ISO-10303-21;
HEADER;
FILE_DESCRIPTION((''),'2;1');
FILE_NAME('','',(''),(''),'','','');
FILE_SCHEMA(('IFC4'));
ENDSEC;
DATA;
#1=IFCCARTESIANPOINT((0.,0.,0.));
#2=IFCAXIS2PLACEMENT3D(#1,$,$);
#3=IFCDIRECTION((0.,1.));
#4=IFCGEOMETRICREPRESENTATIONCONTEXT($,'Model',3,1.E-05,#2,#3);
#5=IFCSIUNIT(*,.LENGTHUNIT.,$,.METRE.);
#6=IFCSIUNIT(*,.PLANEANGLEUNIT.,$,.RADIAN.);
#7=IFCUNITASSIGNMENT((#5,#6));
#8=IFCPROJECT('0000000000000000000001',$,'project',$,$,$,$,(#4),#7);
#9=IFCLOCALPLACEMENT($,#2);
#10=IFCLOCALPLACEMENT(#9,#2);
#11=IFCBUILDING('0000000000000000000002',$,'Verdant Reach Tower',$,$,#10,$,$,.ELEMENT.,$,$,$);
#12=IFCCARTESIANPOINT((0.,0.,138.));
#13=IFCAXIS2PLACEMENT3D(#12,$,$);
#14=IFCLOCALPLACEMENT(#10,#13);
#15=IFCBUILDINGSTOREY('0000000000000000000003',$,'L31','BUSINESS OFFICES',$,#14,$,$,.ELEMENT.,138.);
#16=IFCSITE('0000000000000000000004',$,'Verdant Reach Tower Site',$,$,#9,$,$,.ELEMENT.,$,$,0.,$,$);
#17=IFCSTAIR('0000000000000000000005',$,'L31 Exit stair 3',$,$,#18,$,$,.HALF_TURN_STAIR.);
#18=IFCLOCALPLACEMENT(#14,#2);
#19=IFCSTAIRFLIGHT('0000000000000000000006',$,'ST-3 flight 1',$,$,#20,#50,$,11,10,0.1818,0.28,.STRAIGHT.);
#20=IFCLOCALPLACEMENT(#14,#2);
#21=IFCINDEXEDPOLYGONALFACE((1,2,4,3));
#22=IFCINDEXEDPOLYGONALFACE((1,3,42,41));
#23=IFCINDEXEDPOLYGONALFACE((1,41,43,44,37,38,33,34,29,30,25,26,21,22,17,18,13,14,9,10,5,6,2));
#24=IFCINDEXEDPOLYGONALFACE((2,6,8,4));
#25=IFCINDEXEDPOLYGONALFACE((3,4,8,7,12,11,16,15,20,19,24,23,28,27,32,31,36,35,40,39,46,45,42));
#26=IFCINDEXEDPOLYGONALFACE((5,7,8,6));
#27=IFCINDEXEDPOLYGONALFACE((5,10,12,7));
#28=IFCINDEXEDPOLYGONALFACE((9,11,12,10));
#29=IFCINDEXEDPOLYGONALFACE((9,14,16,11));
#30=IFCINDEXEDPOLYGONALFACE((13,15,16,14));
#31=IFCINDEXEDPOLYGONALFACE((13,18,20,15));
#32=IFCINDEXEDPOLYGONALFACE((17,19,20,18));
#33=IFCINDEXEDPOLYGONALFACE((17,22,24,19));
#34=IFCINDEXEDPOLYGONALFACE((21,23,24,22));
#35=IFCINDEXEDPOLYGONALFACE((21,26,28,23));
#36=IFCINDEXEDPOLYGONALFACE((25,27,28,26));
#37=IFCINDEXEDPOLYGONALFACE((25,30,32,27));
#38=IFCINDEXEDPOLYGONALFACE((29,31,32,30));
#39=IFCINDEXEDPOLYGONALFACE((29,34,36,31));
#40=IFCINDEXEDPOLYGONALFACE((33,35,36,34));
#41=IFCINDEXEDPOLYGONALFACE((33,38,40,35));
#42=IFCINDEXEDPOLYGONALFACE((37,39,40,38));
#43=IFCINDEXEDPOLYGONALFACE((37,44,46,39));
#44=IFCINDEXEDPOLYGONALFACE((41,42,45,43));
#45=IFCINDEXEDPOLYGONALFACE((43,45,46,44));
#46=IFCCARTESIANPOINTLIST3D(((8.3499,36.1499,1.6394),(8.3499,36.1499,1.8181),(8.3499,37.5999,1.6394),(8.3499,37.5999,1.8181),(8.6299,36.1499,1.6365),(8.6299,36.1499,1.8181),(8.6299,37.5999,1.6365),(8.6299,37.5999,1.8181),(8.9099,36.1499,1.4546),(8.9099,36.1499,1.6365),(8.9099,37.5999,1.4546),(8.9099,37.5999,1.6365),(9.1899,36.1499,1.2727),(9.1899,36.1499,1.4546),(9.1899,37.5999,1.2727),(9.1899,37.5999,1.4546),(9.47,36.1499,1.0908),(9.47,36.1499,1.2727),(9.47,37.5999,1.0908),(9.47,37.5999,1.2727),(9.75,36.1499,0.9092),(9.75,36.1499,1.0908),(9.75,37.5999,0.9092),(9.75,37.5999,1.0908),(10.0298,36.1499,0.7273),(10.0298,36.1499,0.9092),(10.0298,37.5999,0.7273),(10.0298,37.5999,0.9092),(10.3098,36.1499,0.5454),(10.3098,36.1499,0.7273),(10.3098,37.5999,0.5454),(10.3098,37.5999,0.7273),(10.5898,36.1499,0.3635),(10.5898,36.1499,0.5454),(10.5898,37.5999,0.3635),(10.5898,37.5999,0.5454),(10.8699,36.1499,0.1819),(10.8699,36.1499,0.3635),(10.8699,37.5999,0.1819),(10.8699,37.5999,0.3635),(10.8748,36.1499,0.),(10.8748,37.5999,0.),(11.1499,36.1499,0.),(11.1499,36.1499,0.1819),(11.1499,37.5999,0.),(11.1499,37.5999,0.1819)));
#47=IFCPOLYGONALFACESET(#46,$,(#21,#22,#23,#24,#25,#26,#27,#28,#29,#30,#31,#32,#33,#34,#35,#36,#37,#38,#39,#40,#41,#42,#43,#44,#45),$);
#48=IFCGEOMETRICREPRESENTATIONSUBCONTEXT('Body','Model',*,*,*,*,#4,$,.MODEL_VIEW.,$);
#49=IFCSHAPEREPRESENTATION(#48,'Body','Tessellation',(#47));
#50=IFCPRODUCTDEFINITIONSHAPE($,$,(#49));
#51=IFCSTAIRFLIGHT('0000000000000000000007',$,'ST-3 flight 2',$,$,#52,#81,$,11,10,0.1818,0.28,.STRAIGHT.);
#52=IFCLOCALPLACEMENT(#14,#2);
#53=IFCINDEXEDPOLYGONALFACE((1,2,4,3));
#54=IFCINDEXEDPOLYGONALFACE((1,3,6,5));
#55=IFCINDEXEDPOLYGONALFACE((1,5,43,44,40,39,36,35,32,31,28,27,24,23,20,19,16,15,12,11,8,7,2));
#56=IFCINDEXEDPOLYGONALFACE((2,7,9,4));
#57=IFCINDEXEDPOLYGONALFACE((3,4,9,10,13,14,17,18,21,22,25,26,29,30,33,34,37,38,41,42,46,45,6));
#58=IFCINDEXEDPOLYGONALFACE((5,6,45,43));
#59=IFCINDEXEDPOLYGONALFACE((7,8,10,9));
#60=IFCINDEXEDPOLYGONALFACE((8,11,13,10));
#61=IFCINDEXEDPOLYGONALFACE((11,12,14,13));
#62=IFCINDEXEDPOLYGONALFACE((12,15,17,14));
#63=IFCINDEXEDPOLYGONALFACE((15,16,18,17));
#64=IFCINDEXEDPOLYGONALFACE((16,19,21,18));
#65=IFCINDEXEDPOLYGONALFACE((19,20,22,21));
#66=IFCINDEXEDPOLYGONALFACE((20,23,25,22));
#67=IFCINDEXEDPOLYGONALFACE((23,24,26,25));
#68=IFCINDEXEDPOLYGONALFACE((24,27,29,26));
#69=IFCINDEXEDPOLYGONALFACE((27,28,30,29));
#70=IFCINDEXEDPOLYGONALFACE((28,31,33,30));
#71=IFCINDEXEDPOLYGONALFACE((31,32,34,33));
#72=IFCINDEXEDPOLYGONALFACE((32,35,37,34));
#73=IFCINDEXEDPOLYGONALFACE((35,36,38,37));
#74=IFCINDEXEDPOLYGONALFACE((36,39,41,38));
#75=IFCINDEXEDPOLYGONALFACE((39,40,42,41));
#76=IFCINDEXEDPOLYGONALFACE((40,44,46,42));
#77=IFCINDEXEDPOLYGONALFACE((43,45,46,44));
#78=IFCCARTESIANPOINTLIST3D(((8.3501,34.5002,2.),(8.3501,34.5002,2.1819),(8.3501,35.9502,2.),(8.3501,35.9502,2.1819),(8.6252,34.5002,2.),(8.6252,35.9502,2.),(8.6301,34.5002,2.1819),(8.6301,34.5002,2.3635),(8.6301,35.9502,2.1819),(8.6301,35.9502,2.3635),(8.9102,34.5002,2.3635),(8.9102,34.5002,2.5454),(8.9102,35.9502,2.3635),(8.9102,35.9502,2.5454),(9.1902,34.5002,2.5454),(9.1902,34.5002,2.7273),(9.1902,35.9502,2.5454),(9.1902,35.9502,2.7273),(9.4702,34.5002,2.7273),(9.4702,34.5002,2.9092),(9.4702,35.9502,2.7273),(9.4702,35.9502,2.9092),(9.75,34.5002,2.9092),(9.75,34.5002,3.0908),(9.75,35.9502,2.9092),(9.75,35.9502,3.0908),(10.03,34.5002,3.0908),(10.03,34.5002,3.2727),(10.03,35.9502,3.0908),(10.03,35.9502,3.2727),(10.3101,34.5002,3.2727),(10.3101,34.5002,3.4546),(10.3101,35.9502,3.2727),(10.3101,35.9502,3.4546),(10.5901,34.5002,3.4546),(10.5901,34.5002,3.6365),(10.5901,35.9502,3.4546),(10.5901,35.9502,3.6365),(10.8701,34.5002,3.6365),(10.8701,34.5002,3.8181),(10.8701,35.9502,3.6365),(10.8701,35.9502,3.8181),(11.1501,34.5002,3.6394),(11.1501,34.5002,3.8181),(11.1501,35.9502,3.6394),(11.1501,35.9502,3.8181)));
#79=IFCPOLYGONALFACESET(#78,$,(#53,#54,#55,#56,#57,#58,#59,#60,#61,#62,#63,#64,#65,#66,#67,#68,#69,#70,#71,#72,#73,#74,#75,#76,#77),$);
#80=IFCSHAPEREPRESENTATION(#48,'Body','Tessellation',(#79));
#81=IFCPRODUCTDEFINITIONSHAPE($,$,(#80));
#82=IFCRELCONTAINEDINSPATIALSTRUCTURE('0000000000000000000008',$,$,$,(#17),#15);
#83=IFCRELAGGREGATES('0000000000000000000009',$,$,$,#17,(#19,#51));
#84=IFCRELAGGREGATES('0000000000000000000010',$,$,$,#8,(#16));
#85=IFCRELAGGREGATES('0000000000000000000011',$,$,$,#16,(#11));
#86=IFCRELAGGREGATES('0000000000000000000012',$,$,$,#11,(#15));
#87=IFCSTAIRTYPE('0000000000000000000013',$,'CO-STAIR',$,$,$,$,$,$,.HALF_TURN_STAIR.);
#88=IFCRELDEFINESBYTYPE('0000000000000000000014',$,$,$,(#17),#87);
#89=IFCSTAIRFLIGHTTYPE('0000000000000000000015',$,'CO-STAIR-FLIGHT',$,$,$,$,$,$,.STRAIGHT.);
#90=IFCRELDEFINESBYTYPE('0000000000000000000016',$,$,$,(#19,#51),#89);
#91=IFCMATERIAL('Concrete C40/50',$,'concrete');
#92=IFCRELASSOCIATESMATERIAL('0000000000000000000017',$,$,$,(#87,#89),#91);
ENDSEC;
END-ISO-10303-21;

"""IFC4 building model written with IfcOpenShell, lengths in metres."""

from ifc_helpers import new_model, si_unit, direction, frame, origin, place, context, subcontext, project, spatial, polyline, outline, extrude, material, type_object, element, aggregate, save


model = new_model("IFC4")

# Units and contexts
model_context = context("Model", 3, precision=1e-05, world=origin(), true_north=direction((0.0, 1.0)))
body_context = subcontext(model_context, "Body", "Model", "MODEL_VIEW")
ifc_project = project(units=[si_unit("LENGTHUNIT", "METRE"), si_unit("PLANEANGLEUNIT", "RADIAN")], contexts=[model_context])

# Site, building, storey
site_placement = place(None, origin())
site = spatial("IfcSite", under=ifc_project, at=site_placement, Name="Verdant Reach Tower Site", CompositionType="ELEMENT", RefElevation=0.0)
building_placement = place(site_placement, origin())
building = spatial("IfcBuilding", under=site, at=building_placement, Name="Verdant Reach Tower", CompositionType="ELEMENT")
storey_placement = place(building_placement, frame((0.0, 0.0, 138.0)))
storey = spatial("IfcBuildingStorey", under=building, at=storey_placement, Name="L31", Description="BUSINESS OFFICES", CompositionType="ELEMENT", Elevation=138.0)

# Shared definitions
ifc_material_1 = material(Name="Concrete C40/50", Category="concrete")

# Stair, stair flights
stair_type = type_object("IfcStairType", Name="CO-STAIR", PredefinedType="HALF_TURN_STAIR", material=ifc_material_1)
stair_placement = place(storey_placement, origin())
stair = element("IfcStair", 1, at=stair_placement, inside=storey, type_object=stair_type, Name="L31 Exit stair 3", PredefinedType="HALF_TURN_STAIR")
stair_flight_type = type_object("IfcStairFlightType", Name="CO-STAIR-FLIGHT", PredefinedType="STRAIGHT", material=ifc_material_1)
stair_flight_1_placement = place(storey_placement, frame((11.1499, 36.875, 0.0), z_axis=(0.0, 0.0, 1.0), x_axis=(-1.0, 0.0, 0.0)))
stair_flight_1 = element("IfcStairFlight", 2, at=stair_flight_1_placement, type_object=stair_flight_type, Name="ST-3 flight 1", NumberOfRisers=11, NumberOfTreads=10, PredefinedType="STRAIGHT", RiserHeight=0.1818, TreadLength=0.28, context=body_context, shape_type="SweptSolid", body=[
    extrude(outline(polyline([(0.0, 0.0), (0.0, 0.1819), (0.28, 0.1819), (0.28, 0.3635), (0.5601, 0.3635), (0.5601, 0.5454), (0.8401, 0.5454), (0.8401, 0.7273), (1.1201, 0.7273), (1.1201, 0.9092), (1.3999, 0.9092), (1.3999, 1.0908), (1.6799, 1.0908), (1.6799, 1.2727), (1.96, 1.2727), (1.96, 1.4546), (2.24, 1.4546), (2.24, 1.6365), (2.52, 1.6365), (2.52, 1.8181), (2.8, 1.8181), (2.8, 2.0), (2.8, 1.6394), (0.2751, 0.0), (0.0, 0.0)])), frame((0.0, 0.7251, 0.0), z_axis=(0.0, -1.0, 0.0), x_axis=(1.0, 0.0, 0.0)), (0.0, 0.0, 1.0), 1.45),
])
stair_flight_2_placement = place(storey_placement, frame((8.3501, 35.2251, 2.0), z_axis=(0.0, 0.0, 1.0), x_axis=(1.0, 0.0, 0.0)))
stair_flight_2 = element("IfcStairFlight", 3, at=stair_flight_2_placement, type_object=stair_flight_type, Name="ST-3 flight 2", NumberOfRisers=11, NumberOfTreads=10, PredefinedType="STRAIGHT", RiserHeight=0.1818, TreadLength=0.28, context=body_context, shape_type="SweptSolid", body=[
    extrude(outline(polyline([(0.0, 0.0), (0.0, 0.1819), (0.28, 0.1819), (0.28, 0.3635), (0.5601, 0.3635), (0.5601, 0.5454), (0.8401, 0.5454), (0.8401, 0.7273), (1.1201, 0.7273), (1.1201, 0.9092), (1.3999, 0.9092), (1.3999, 1.0908), (1.6799, 1.0908), (1.6799, 1.2727), (1.96, 1.2727), (1.96, 1.4546), (2.24, 1.4546), (2.24, 1.6365), (2.52, 1.6365), (2.52, 1.8181), (2.8, 1.8181), (2.8, 2.0), (2.8, 1.6394), (0.2751, 0.0), (0.0, 0.0)])), frame((0.0, 0.7251, 0.0), z_axis=(0.0, -1.0, 0.0), x_axis=(1.0, 0.0, 0.0)), (0.0, 0.0, 1.0), 1.45),
])
aggregate(stair, [stair_flight_1, stair_flight_2])

save(model, "model.ifc")
